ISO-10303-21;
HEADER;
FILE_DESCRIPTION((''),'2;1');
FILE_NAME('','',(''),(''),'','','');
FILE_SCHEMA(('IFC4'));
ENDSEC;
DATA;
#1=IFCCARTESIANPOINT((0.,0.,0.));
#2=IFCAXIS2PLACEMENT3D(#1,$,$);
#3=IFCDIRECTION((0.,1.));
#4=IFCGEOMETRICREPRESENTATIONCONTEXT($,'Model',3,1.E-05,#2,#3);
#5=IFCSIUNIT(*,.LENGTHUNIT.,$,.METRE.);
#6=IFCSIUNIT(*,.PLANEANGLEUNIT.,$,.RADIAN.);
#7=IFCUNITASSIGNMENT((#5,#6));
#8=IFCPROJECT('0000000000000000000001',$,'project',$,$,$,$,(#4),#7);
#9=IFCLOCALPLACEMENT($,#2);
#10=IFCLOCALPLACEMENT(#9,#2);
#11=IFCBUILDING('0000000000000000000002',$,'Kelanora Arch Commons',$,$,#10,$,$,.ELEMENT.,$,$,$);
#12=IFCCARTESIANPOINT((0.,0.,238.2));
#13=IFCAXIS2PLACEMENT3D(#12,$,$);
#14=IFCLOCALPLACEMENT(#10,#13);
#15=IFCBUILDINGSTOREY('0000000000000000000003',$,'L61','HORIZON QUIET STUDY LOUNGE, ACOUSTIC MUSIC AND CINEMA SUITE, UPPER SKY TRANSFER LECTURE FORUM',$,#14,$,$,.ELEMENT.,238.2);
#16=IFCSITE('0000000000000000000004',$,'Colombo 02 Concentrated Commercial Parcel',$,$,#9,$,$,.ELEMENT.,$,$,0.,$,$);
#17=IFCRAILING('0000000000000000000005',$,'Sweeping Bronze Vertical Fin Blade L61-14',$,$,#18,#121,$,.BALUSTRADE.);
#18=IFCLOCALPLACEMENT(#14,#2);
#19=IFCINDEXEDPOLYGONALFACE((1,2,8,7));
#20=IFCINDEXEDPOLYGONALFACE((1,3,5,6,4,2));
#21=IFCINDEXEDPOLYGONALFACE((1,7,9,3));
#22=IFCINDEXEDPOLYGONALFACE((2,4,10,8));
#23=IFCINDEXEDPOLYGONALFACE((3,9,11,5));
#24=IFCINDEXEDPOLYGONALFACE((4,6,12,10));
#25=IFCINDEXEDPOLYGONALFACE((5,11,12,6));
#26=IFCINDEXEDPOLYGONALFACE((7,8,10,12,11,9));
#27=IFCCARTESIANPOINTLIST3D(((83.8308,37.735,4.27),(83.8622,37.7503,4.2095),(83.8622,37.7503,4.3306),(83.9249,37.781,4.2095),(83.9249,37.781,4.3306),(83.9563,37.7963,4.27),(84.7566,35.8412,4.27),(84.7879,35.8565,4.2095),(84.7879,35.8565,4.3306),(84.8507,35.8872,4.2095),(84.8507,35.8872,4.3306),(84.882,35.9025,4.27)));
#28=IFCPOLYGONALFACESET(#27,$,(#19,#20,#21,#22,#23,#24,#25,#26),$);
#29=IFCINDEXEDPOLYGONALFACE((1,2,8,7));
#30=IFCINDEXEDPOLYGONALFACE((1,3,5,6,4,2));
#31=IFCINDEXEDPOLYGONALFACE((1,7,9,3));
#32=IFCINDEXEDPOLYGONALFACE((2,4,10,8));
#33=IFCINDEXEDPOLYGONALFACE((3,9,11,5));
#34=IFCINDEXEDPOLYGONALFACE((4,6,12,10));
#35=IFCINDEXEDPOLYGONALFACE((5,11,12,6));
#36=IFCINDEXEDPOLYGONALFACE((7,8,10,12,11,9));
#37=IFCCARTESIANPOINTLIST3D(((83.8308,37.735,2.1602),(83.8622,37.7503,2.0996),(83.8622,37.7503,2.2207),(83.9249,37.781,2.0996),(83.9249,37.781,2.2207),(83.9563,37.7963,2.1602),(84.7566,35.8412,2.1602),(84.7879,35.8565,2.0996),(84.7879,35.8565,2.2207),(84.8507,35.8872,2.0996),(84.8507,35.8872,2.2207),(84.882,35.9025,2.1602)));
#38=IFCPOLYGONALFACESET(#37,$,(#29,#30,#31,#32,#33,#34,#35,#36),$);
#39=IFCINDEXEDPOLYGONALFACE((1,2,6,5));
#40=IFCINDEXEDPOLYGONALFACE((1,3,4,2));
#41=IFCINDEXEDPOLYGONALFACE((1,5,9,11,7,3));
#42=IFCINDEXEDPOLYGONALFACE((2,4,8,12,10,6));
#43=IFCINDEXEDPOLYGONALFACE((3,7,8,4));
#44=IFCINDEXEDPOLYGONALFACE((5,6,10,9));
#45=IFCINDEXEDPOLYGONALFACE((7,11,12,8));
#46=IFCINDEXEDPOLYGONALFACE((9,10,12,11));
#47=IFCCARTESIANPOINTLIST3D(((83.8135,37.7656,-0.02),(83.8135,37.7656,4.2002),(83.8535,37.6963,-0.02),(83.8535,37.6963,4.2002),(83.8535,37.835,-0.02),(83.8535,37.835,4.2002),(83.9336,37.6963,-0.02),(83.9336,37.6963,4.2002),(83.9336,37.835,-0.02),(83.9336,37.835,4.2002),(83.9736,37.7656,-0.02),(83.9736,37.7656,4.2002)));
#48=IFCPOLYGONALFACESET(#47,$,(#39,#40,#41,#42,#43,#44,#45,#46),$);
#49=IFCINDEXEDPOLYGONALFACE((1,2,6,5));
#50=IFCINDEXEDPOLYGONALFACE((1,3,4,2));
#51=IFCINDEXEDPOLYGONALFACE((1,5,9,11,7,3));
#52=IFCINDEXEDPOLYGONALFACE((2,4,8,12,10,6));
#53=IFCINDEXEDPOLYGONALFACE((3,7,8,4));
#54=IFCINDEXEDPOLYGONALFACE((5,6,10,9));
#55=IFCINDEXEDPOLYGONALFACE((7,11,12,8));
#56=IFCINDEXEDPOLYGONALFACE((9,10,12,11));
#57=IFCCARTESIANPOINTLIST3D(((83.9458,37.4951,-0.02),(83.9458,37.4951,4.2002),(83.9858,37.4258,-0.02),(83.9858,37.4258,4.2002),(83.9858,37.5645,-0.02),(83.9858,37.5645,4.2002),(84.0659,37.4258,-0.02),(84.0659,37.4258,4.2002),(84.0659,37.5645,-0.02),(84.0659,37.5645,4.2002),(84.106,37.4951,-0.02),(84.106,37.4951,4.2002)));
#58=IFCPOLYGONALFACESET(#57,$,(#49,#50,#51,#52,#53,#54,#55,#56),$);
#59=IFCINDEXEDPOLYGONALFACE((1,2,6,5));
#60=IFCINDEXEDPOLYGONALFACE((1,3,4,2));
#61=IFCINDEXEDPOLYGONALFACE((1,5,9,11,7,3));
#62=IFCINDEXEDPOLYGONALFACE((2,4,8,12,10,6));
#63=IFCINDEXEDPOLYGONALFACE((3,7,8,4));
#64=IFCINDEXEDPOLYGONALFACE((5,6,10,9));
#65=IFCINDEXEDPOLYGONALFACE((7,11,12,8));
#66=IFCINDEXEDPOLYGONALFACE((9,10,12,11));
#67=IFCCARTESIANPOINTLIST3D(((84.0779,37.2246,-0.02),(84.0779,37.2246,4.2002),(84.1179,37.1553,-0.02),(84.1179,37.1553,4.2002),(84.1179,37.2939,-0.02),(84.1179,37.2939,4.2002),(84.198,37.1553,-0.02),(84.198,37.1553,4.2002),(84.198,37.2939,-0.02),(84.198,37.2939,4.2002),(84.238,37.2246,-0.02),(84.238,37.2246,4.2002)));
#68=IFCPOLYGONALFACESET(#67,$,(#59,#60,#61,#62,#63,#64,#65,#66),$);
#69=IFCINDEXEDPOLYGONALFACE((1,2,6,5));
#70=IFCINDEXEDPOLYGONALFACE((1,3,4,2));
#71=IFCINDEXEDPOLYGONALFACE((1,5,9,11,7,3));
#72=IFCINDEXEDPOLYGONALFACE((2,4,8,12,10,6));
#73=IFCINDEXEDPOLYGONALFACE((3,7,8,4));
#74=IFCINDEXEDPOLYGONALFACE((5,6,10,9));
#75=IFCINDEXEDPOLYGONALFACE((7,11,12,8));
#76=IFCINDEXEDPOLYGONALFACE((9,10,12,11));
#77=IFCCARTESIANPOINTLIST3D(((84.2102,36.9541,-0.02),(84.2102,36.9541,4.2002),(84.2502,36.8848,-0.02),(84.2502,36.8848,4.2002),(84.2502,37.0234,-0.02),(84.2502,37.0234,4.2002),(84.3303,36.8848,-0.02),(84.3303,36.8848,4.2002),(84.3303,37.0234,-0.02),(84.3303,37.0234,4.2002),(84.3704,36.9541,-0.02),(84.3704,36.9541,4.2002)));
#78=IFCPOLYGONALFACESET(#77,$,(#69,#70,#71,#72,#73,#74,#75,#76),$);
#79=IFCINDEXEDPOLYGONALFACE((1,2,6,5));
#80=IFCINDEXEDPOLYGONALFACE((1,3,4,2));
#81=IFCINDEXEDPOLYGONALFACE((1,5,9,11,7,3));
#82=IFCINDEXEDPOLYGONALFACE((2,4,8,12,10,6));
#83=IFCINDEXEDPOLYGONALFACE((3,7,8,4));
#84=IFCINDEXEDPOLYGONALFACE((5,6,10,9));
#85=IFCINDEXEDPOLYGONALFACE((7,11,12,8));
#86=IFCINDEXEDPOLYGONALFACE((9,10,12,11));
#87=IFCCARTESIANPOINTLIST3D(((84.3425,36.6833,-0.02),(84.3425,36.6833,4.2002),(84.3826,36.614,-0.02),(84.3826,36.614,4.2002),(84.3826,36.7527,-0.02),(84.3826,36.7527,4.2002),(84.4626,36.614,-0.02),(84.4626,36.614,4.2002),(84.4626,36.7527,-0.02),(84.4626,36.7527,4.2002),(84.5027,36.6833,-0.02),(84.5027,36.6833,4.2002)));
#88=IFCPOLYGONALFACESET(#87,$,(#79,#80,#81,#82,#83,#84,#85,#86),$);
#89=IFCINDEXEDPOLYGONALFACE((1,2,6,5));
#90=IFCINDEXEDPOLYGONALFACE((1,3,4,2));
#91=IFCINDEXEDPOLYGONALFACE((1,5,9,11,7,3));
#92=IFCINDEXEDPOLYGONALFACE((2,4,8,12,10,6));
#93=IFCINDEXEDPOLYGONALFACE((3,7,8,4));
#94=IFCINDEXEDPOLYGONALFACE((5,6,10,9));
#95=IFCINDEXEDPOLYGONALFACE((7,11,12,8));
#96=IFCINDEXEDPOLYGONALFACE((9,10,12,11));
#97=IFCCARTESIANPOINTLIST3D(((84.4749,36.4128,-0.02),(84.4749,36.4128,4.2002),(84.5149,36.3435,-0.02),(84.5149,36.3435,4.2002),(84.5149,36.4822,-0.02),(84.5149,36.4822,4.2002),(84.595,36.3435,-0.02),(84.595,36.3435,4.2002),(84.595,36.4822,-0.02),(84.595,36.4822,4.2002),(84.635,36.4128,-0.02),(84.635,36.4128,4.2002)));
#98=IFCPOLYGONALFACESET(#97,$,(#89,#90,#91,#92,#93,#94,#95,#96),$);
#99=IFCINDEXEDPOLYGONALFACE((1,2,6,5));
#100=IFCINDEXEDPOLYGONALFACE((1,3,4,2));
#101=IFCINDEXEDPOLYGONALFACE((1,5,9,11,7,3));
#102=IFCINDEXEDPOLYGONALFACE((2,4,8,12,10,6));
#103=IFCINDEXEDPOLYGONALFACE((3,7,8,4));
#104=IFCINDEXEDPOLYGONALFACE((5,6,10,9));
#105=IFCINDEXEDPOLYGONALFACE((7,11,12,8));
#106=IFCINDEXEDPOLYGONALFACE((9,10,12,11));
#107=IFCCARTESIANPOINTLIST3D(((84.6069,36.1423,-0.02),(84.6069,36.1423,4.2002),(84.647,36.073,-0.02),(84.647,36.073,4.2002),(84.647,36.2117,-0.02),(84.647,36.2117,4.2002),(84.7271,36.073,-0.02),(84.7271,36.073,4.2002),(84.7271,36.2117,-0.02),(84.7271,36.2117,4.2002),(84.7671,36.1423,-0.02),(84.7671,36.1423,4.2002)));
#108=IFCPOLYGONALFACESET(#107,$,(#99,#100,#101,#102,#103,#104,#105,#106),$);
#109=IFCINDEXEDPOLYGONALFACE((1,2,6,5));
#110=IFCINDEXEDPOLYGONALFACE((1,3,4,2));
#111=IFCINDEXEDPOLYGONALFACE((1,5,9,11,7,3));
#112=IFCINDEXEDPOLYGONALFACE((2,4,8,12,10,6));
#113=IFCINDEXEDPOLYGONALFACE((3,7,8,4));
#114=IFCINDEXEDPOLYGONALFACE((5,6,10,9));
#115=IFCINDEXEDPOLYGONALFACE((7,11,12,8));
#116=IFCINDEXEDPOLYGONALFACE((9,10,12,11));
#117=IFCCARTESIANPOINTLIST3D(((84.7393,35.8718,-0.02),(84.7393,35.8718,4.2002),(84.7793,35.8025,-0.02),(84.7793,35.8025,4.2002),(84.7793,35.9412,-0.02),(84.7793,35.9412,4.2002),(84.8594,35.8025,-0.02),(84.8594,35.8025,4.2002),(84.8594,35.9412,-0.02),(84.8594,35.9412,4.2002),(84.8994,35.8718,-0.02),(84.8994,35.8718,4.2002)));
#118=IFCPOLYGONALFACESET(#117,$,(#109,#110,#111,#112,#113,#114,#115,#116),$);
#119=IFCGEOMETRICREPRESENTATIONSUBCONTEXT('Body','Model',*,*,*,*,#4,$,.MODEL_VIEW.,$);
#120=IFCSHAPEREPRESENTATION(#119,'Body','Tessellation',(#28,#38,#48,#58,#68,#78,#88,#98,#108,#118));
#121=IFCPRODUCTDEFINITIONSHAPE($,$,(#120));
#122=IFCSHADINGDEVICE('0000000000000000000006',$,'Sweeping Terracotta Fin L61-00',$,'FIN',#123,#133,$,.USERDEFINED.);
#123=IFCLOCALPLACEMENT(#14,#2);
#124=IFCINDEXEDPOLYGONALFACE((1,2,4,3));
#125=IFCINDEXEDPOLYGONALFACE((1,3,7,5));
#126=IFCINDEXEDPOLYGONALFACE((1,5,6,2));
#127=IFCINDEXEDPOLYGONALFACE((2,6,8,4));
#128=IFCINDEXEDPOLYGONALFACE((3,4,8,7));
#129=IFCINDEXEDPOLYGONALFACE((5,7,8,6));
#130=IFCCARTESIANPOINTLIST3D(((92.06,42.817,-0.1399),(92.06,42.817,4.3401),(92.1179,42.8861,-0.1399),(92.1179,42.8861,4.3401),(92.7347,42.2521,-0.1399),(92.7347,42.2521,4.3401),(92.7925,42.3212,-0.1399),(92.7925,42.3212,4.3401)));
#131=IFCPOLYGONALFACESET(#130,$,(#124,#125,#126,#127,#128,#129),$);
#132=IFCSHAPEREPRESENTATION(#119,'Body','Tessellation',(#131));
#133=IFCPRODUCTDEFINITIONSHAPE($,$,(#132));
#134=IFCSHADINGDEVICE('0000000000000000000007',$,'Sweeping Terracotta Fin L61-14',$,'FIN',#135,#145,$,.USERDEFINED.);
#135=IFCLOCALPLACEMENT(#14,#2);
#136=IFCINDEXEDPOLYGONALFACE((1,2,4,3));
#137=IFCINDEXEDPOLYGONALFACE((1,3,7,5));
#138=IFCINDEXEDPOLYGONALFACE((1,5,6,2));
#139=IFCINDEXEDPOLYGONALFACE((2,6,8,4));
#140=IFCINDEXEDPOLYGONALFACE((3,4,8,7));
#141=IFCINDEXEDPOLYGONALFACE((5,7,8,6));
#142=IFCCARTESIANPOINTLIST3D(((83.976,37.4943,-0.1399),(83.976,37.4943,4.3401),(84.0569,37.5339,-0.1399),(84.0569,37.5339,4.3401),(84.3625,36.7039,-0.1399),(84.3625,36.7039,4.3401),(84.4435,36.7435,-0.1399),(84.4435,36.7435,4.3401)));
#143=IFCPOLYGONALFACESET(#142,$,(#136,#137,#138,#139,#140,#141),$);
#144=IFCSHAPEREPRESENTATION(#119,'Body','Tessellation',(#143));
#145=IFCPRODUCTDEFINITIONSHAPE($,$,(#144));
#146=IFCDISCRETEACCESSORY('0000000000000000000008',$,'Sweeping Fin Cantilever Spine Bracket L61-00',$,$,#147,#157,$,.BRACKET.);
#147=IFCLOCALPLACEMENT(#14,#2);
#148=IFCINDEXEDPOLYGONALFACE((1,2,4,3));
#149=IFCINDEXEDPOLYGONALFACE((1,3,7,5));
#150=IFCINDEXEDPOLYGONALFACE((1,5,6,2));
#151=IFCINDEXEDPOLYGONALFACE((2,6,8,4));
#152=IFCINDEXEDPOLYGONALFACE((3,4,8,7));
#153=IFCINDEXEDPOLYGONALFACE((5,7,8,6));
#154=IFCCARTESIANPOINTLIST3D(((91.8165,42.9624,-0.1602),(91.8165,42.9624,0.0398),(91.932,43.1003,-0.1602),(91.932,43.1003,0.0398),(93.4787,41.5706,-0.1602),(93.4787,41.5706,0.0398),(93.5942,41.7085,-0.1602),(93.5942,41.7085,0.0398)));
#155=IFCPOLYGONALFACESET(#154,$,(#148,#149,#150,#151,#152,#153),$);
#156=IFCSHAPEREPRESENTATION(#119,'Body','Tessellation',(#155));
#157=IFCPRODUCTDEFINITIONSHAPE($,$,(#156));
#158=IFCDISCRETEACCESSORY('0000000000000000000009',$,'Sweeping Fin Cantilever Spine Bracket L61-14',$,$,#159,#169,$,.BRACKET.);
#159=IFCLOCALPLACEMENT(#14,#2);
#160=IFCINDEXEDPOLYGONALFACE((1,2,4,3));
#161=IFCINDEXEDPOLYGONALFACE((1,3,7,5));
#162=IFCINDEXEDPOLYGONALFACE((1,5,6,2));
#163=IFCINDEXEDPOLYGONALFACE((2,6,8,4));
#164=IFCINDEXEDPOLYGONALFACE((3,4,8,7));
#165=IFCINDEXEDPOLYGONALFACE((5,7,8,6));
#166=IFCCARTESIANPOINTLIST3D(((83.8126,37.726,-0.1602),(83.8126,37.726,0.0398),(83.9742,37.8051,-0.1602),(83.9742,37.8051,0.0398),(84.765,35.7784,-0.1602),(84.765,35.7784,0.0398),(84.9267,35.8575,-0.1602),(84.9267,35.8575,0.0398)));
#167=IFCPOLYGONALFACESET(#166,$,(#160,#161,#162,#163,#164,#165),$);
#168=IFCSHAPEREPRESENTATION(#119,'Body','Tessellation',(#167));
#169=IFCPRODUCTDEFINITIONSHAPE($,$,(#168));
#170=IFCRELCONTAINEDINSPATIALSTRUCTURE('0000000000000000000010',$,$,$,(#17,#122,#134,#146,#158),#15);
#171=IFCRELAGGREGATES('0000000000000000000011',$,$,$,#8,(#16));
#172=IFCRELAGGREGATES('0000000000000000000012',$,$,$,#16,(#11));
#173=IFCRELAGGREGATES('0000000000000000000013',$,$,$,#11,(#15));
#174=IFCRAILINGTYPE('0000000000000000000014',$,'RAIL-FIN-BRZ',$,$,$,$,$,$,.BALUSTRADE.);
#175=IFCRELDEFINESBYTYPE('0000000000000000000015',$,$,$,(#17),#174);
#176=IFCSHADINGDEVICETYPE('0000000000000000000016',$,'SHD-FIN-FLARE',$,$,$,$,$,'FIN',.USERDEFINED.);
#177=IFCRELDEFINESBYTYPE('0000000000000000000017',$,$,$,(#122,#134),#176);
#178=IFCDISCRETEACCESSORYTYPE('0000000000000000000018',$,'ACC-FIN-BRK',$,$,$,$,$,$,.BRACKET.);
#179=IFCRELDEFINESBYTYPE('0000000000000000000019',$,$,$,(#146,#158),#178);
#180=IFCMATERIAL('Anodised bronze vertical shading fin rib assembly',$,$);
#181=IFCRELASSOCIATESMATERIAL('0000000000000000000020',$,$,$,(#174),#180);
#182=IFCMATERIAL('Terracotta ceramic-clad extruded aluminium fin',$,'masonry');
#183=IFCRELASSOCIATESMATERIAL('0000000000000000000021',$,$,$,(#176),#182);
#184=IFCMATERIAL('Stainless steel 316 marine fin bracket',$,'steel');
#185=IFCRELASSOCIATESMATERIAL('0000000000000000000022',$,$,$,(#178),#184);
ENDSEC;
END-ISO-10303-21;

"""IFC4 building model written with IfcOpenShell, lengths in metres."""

from ifc_helpers import new_model, si_unit, direction, frame, origin, origin_2d, place, context, subcontext, project, spatial, polyline, rectangle, outline, extrude, source, transform, mapped, material, type_object, element, save


model = new_model("IFC4")

# Units and contexts
model_context = context("Model", 3, precision=1e-05, world=origin(), true_north=direction((0.0, 1.0)))
body_context = subcontext(model_context, "Body", "Model", "MODEL_VIEW")
ifc_project = project(units=[si_unit("LENGTHUNIT", "METRE"), si_unit("PLANEANGLEUNIT", "RADIAN")], contexts=[model_context])

# Site, building, storey
site_placement = place(None, origin())
site = spatial("IfcSite", under=ifc_project, at=site_placement, Name="Colombo 02 Concentrated Commercial Parcel", CompositionType="ELEMENT", RefElevation=0.0)
building_placement = place(site_placement, origin())
building = spatial("IfcBuilding", under=site, at=building_placement, Name="Kelanora Arch Commons", CompositionType="ELEMENT")
storey_placement = place(building_placement, frame((0.0, 0.0, 238.2)))
storey = spatial("IfcBuildingStorey", under=building, at=storey_placement, Name="L61", Description="HORIZON QUIET STUDY LOUNGE, ACOUSTIC MUSIC AND CINEMA SUITE, UPPER SKY TRANSFER LECTURE FORUM", CompositionType="ELEMENT", Elevation=238.2)

# Railing
ifc_material_1 = material(Name="Anodised bronze vertical shading fin rib assembly")
railing_type = type_object("IfcRailingType", Name="RAIL-FIN-BRZ", PredefinedType="BALUSTRADE", material=ifc_material_1)
railing_1_placement = place(storey_placement, frame((83.8936, 37.7656, -0.02)))
element("IfcRailing", 1, at=railing_1_placement, inside=storey, type_object=railing_type, Name="Sweeping Bronze Vertical Fin Blade L61-14", PredefinedType="BALUSTRADE", context=body_context, shape_type="SweptSolid", body=[
    extrude(outline(polyline([(0.0698, 0.0), (0.0349, 0.0605), (-0.0349, 0.0605), (-0.0698, 0.0), (-0.0349, -0.0605), (0.0349, -0.0605), (0.0698, 0.0)])), frame((0.0, 0.0, 4.29), z_axis=(0.439181, -0.898399, 0.0), x_axis=(0.898399, 0.439181, 0.0)), (0.0, 0.0, 1.0), 2.1079),
    extrude(outline(polyline([(0.0698, 0.0), (0.0349, 0.0605), (-0.0349, 0.0605), (-0.0698, 0.0), (-0.0349, -0.0605), (0.0349, -0.0605), (0.0698, 0.0)])), frame((0.0, 0.0, 2.1802), z_axis=(0.439181, -0.898399, 0.0), x_axis=(0.898399, 0.439181, 0.0)), (0.0, 0.0, 1.0), 2.1079),
    extrude(outline(polyline([(0.0801, 0.0), (0.04, 0.0693), (-0.04, 0.0693), (-0.0801, 0.0), (-0.04, -0.0693), (0.04, -0.0693), (0.0801, 0.0)])), origin(), (0.0, 0.0, 1.0), 4.2202),
    extrude(outline(polyline([(0.0801, 0.0), (0.04, 0.0693), (-0.04, 0.0693), (-0.0801, 0.0), (-0.04, -0.0693), (0.04, -0.0693), (0.0801, 0.0)])), frame((0.1323, -0.2705, 0.0)), (0.0, 0.0, 1.0), 4.2202),
    extrude(outline(polyline([(0.0801, 0.0), (0.04, 0.0693), (-0.04, 0.0693), (-0.0801, 0.0), (-0.04, -0.0693), (0.04, -0.0693), (0.0801, 0.0)])), frame((0.2644, -0.541, 0.0)), (0.0, 0.0, 1.0), 4.2202),
    extrude(outline(polyline([(0.0801, 0.0), (0.04, 0.0693), (-0.04, 0.0693), (-0.0801, 0.0), (-0.04, -0.0693), (0.04, -0.0693), (0.0801, 0.0)])), frame((0.3967, -0.8115, 0.0)), (0.0, 0.0, 1.0), 4.2202),
    extrude(outline(polyline([(0.0801, 0.0), (0.04, 0.0693), (-0.04, 0.0693), (-0.0801, 0.0), (-0.04, -0.0693), (0.04, -0.0693), (0.0801, 0.0)])), frame((0.5291, -1.0823, 0.0)), (0.0, 0.0, 1.0), 4.2202),
    extrude(outline(polyline([(0.0801, 0.0), (0.04, 0.0693), (-0.04, 0.0693), (-0.0801, 0.0), (-0.04, -0.0693), (0.04, -0.0693), (0.0801, 0.0)])), frame((0.6614, -1.3528, 0.0)), (0.0, 0.0, 1.0), 4.2202),
    extrude(outline(polyline([(0.0801, 0.0), (0.04, 0.0693), (-0.04, 0.0693), (-0.0801, 0.0), (-0.04, -0.0693), (0.04, -0.0693), (0.0801, 0.0)])), frame((0.7935, -1.6233, 0.0)), (0.0, 0.0, 1.0), 4.2202),
    extrude(outline(polyline([(0.0801, 0.0), (0.04, 0.0693), (-0.04, 0.0693), (-0.0801, 0.0), (-0.04, -0.0693), (0.04, -0.0693), (0.0801, 0.0)])), frame((0.9258, -1.8938, 0.0)), (0.0, 0.0, 1.0), 4.2202),
])

# Shading devices
ifc_material_2 = material(Name="Terracotta ceramic-clad extruded aluminium fin", Category="masonry")
shading_device_type = type_object("IfcShadingDeviceType", Name="SHD-FIN-FLARE", ElementType="FIN", PredefinedType="USERDEFINED", material=ifc_material_2)
shared_shape_1 = source(origin(), body_context, "Body", "SweptSolid", [
    extrude(rectangle(XDim=0.8799, YDim=0.0901, at=origin_2d()), origin(), (0.0, 0.0, 1.0), 4.48),
])
for number, where, z_axis, x_axis, name in (
    (2, (92.4263, 42.5691, -0.1399), (0.0, 0.0, 1.0), (0.766717, -0.641985, 0.0), "Sweeping Terracotta Fin L61-00"),
    (3, (84.2097, 37.1189, -0.1399), (0.0, 0.0, 1.0), (0.439312, -0.898334, 0.0), "Sweeping Terracotta Fin L61-14"),
):
    element("IfcShadingDevice", number, at=place(storey_placement, frame(where, z_axis=z_axis, x_axis=x_axis)), inside=storey, type_object=shading_device_type, Name=name, ObjectType="FIN", PredefinedType="USERDEFINED", context=body_context, shape_type="MappedRepresentation", body=[
        mapped(shared_shape_1, transform((0.0, 0.0, 0.0), scale=1.0)),
    ])

# Discrete accessories
ifc_material_3 = material(Name="Stainless steel 316 marine fin bracket", Category="steel")
discrete_accessory_type = type_object("IfcDiscreteAccessoryType", Name="ACC-FIN-BRK", PredefinedType="BRACKET", material=ifc_material_3)
shared_shape_2 = source(origin(), body_context, "Body", "SweptSolid", [
    extrude(rectangle(XDim=2.168, YDim=0.1799, at=origin_2d()), origin(), (0.0, 0.0, 1.0), 0.2),
])
for number, where, z_axis, x_axis, name in (
    (4, (92.7053, 42.3354, -0.1602), (0.0, 0.0, 1.0), (0.766717, -0.641985, 0.0), "Sweeping Fin Cantilever Spine Bracket L61-00"),
    (5, (84.3696, 36.7917, -0.1602), (0.0, 0.0, 1.0), (0.439312, -0.898334, 0.0), "Sweeping Fin Cantilever Spine Bracket L61-14"),
):
    element("IfcDiscreteAccessory", number, at=place(storey_placement, frame(where, z_axis=z_axis, x_axis=x_axis)), inside=storey, type_object=discrete_accessory_type, Name=name, PredefinedType="BRACKET", context=body_context, shape_type="MappedRepresentation", body=[
        mapped(shared_shape_2, transform((0.0, 0.0, 0.0), scale=1.0)),
    ])

save(model, "model.ifc")
